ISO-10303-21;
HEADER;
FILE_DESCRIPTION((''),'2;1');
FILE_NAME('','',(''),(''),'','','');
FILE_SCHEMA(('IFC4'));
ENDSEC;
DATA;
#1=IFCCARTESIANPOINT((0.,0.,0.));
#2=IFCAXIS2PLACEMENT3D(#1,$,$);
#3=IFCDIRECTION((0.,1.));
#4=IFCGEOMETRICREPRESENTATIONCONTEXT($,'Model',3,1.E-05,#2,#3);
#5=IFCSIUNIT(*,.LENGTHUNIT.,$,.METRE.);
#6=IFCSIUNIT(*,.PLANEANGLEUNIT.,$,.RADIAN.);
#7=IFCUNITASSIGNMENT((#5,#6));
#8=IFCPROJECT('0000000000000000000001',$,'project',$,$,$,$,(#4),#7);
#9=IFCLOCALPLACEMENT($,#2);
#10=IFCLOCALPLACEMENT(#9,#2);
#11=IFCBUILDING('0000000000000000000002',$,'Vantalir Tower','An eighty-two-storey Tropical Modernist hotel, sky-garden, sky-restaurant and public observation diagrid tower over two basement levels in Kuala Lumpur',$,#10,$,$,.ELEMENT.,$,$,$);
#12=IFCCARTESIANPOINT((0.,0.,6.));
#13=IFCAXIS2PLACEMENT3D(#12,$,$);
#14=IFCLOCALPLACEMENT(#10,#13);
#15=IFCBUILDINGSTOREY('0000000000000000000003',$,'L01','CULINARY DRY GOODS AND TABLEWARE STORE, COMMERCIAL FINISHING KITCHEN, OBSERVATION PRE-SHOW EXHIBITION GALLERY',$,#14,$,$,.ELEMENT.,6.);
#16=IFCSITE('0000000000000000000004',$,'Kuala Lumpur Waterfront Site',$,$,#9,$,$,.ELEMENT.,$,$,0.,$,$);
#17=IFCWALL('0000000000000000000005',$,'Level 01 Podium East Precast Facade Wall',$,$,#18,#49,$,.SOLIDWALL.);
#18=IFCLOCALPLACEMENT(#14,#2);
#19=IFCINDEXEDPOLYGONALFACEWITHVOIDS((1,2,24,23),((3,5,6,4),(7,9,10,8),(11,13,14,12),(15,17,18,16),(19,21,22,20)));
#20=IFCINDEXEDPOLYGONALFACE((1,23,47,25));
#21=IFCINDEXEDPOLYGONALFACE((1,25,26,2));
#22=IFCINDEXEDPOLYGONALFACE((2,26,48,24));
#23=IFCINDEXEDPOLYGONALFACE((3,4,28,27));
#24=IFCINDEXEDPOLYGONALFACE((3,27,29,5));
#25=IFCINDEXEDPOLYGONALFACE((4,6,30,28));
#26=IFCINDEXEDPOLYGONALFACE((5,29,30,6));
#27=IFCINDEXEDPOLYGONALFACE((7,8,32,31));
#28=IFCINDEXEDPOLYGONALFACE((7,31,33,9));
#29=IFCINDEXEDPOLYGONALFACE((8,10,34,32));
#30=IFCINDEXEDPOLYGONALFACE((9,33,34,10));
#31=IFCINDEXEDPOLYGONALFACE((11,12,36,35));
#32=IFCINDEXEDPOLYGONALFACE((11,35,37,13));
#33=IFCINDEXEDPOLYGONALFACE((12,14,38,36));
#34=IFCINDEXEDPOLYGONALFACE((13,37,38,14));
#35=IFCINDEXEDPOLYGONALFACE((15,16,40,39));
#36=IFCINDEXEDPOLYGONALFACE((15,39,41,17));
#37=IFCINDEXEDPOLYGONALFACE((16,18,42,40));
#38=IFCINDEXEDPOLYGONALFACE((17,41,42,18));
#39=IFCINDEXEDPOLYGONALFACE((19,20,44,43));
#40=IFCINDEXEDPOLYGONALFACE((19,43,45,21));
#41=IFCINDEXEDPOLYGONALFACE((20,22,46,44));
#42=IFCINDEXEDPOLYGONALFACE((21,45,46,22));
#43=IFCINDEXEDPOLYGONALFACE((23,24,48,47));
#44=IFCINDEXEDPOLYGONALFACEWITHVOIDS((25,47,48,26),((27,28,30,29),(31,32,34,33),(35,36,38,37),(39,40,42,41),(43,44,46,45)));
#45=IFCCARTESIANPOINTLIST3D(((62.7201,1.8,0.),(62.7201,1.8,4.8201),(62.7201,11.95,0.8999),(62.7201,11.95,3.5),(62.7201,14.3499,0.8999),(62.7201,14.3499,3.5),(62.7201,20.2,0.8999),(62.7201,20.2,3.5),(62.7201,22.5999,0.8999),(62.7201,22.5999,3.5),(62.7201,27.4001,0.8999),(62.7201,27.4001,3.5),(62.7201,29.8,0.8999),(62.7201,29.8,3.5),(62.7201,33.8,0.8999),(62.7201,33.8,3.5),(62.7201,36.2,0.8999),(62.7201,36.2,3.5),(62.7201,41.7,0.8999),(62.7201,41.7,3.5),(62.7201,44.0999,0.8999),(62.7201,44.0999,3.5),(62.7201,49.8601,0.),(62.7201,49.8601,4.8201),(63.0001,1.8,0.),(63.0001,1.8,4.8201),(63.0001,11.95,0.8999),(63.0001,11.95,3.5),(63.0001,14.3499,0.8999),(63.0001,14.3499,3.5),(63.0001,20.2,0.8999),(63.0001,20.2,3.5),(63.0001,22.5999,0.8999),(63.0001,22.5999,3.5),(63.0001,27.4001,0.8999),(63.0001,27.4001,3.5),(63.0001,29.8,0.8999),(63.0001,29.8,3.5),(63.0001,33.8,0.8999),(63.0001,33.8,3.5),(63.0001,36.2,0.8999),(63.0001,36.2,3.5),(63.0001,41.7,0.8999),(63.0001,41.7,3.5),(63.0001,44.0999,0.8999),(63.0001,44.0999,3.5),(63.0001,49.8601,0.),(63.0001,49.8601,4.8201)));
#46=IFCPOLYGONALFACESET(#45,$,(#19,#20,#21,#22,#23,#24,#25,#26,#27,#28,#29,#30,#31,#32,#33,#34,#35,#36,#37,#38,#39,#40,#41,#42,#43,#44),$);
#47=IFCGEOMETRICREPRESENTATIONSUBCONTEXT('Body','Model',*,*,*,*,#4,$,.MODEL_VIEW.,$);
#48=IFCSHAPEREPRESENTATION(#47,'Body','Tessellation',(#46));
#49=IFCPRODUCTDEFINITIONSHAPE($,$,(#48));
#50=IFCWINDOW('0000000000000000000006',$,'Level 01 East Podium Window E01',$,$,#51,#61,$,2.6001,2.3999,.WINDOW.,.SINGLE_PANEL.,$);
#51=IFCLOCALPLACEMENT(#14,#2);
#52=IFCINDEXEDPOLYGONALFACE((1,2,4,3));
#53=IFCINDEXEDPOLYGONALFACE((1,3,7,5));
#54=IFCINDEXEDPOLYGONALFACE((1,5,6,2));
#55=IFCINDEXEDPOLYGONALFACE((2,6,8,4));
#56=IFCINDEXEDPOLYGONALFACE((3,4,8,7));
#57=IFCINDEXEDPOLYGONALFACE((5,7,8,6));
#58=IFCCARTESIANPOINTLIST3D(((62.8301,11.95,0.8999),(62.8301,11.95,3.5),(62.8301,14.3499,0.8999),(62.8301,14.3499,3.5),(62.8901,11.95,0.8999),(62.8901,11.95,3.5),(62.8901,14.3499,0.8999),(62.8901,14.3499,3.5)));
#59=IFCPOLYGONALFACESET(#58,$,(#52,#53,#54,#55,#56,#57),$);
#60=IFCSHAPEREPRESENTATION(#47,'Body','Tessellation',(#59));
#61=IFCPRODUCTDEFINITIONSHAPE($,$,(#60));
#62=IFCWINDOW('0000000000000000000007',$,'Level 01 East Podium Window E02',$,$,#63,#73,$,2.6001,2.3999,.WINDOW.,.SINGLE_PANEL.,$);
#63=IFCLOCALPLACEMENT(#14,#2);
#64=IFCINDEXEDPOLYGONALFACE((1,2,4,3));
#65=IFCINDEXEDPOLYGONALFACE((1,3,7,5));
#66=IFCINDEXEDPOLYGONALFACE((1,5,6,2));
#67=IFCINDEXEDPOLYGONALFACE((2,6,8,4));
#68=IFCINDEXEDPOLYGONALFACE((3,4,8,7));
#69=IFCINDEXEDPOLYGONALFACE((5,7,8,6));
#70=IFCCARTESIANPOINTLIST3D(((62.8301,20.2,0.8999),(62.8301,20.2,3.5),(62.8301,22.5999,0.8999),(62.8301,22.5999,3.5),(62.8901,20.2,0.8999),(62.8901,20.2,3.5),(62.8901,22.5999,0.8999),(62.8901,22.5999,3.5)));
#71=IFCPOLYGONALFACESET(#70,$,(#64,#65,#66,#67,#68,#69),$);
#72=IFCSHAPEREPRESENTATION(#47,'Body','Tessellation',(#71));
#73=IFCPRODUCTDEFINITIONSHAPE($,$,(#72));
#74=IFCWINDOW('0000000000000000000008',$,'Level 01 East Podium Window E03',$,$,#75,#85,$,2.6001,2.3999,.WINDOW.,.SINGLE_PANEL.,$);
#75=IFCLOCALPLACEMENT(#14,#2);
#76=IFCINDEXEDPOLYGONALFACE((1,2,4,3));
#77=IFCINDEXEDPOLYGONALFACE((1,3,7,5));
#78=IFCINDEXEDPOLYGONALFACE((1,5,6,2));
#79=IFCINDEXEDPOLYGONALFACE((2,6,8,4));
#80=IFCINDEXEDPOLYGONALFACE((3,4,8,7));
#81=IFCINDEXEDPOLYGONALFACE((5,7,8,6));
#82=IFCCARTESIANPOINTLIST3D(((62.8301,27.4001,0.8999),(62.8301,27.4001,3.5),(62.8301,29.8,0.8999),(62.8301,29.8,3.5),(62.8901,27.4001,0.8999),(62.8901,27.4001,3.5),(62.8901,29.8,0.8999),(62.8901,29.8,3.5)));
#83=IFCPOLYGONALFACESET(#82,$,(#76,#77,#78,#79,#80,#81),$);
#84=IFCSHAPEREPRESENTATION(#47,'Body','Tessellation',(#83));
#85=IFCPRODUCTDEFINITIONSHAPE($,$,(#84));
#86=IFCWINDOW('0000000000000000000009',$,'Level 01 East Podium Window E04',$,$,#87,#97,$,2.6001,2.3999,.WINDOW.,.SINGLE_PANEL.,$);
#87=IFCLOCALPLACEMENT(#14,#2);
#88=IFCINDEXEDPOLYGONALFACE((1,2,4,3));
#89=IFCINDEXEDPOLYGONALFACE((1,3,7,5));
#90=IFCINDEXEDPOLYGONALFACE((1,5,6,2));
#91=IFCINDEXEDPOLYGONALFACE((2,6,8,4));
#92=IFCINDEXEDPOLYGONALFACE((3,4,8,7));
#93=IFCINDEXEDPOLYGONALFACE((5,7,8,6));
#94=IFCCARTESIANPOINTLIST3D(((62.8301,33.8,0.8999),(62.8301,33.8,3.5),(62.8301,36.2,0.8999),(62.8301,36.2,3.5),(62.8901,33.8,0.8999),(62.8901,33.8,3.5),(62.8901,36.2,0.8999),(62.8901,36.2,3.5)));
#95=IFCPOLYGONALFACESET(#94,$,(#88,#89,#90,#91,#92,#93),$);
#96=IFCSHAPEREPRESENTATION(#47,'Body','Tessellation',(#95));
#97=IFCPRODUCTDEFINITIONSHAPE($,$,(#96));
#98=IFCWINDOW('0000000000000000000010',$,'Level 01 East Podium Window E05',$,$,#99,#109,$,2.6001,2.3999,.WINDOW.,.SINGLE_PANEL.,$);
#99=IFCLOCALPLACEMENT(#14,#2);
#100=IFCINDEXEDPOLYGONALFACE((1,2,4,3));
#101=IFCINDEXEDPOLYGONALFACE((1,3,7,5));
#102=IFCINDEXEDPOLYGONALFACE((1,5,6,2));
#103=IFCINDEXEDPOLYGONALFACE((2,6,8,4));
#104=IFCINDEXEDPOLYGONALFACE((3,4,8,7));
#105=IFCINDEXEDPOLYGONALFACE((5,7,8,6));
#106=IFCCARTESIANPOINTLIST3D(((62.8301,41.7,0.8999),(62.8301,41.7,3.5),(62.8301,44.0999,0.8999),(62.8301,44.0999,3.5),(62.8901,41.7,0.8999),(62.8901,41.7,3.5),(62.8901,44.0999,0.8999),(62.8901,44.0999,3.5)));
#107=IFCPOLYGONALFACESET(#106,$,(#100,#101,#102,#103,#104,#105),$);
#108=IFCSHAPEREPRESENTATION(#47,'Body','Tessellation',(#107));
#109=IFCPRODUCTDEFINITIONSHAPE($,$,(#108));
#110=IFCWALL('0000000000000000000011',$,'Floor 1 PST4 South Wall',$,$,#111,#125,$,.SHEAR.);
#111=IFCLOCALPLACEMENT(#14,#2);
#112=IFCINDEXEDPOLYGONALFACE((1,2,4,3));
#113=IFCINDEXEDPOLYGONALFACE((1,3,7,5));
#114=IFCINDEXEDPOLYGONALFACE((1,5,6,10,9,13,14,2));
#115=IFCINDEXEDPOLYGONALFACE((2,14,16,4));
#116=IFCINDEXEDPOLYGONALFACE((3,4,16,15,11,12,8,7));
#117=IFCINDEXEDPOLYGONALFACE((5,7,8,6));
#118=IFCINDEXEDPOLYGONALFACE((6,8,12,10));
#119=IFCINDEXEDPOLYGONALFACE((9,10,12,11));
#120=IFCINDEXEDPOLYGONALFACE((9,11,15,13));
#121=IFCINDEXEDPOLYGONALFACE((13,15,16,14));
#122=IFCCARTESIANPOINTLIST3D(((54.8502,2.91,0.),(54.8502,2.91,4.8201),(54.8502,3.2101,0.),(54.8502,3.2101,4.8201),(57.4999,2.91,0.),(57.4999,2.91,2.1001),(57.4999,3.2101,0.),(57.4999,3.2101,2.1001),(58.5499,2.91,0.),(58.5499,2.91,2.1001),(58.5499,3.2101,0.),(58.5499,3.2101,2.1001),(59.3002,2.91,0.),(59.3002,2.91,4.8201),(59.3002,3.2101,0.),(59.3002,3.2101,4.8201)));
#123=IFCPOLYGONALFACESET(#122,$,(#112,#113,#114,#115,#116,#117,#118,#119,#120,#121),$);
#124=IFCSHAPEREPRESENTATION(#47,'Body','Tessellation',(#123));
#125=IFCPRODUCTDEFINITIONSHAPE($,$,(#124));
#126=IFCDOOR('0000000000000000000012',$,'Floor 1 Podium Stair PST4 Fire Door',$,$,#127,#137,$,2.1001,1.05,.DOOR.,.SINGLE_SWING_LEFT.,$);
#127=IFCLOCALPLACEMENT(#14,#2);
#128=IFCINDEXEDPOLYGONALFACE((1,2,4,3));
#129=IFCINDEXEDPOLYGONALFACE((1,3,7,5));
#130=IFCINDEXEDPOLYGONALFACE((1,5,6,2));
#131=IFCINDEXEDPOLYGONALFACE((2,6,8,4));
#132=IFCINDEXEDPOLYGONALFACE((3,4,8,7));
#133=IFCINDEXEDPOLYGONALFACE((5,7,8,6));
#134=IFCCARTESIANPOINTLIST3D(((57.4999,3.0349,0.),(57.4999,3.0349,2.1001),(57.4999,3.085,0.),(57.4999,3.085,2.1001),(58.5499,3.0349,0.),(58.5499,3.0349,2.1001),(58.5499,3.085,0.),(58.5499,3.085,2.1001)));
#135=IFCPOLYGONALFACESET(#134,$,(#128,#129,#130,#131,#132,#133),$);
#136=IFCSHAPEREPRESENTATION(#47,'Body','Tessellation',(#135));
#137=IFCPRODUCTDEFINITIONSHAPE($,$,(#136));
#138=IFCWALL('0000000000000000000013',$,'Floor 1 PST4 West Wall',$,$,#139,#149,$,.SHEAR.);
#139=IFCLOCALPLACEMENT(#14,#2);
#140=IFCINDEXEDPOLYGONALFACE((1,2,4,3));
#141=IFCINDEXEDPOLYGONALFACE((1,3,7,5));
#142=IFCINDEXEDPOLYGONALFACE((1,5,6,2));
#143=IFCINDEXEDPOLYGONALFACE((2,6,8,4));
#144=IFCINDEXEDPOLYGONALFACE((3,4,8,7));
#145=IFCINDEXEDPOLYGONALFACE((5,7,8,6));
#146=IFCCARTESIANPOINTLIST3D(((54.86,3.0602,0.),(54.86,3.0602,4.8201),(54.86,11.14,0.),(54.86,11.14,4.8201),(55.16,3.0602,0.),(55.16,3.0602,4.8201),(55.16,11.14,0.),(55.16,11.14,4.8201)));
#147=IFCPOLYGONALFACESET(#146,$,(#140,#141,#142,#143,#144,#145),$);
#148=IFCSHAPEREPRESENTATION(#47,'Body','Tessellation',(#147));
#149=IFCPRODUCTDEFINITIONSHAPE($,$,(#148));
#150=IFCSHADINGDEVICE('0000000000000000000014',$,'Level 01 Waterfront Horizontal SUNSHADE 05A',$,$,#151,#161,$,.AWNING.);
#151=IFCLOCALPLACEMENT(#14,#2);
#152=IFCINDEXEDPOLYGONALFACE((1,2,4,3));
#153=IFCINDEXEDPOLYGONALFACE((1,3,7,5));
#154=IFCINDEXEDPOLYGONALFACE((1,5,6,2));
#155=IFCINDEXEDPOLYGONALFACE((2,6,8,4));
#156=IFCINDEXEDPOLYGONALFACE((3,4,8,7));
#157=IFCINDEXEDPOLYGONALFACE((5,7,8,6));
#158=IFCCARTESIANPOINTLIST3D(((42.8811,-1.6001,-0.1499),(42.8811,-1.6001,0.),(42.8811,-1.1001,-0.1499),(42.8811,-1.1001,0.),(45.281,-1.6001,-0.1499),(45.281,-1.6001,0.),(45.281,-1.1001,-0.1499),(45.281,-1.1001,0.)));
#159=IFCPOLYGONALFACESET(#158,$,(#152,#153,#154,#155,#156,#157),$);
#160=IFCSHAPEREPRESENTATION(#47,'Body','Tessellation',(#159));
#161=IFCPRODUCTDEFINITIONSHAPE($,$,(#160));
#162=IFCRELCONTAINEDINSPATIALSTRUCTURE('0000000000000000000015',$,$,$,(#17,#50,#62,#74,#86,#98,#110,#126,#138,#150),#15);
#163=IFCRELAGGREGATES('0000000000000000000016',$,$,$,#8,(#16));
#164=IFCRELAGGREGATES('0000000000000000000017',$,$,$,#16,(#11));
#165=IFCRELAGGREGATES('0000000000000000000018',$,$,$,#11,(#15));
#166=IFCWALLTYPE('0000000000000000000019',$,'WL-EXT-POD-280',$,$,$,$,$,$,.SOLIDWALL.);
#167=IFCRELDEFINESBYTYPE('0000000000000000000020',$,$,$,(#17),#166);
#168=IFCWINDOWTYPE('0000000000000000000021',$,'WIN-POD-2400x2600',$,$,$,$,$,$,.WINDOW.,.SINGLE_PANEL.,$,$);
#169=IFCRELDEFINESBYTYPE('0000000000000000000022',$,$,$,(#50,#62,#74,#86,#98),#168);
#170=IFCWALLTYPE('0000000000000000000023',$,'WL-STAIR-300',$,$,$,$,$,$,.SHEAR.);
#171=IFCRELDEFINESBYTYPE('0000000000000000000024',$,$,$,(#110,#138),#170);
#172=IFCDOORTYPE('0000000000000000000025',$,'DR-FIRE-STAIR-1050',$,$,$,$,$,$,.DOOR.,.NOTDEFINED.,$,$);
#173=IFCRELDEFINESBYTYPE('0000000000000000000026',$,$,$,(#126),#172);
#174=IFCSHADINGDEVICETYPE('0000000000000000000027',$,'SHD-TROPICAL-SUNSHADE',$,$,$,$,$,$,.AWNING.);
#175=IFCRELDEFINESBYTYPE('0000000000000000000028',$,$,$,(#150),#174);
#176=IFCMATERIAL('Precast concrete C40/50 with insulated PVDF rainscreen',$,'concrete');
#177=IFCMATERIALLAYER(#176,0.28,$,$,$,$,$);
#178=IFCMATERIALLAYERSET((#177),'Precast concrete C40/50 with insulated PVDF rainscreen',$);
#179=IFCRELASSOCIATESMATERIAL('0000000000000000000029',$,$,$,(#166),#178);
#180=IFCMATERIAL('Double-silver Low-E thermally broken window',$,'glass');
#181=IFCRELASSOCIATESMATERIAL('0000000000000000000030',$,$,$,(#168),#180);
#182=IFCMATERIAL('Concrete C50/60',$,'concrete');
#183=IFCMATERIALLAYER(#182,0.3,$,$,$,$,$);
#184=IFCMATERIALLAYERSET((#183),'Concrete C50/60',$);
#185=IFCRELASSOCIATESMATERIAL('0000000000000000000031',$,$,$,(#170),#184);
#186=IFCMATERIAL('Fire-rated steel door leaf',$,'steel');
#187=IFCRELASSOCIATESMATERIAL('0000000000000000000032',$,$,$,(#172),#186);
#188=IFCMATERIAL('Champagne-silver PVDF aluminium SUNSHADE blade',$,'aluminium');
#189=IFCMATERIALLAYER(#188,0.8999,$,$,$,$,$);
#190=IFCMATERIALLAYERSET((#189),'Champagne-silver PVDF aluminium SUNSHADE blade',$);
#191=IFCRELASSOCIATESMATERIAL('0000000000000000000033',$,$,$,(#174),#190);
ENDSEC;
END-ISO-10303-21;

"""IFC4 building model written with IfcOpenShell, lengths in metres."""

from ifc_helpers import new_model, si_unit, direction, frame, frame_2d, origin, origin_2d, place, context, subcontext, project, spatial, rectangle, extrude, material, layer, layer_set, type_object, element, fill, save


model = new_model("IFC4")

# Units and contexts
model_context = context("Model", 3, precision=1e-05, world=origin(), true_north=direction((0.0, 1.0)))
body_context = subcontext(model_context, "Body", "Model", "MODEL_VIEW")
ifc_project = project(units=[si_unit("LENGTHUNIT", "METRE"), si_unit("PLANEANGLEUNIT", "RADIAN")], contexts=[model_context])

# Site, building, storey
site_placement = place(None, origin())
site = spatial("IfcSite", under=ifc_project, at=site_placement, Name="Kuala Lumpur Waterfront Site", CompositionType="ELEMENT", RefElevation=0.0)
building_placement = place(site_placement, origin())
building = spatial("IfcBuilding", under=site, at=building_placement, Name="Vantalir Tower", Description="An eighty-two-storey Tropical Modernist hotel, sky-garden, sky-restaurant and public observation diagrid tower over two basement levels in Kuala Lumpur", CompositionType="ELEMENT")
storey_placement = place(building_placement, frame((0.0, 0.0, 6.0)))
storey = spatial("IfcBuildingStorey", under=building, at=storey_placement, Name="L01", Description="CULINARY DRY GOODS AND TABLEWARE STORE, COMMERCIAL FINISHING KITCHEN, OBSERVATION PRE-SHOW EXHIBITION GALLERY", CompositionType="ELEMENT", Elevation=6.0)

# Wall, openings, windows
ifc_material_1 = material(Name="Precast concrete C40/50 with insulated PVDF rainscreen", Category="concrete")
ifc_layer_1 = layer(ifc_material_1, 0.28)
ifc_layer_set_1 = layer_set([ifc_layer_1], Name="Precast concrete C40/50 with insulated PVDF rainscreen")
wall_type_1 = type_object("IfcWallType", Name="WL-EXT-POD-280", PredefinedType="SOLIDWALL", material=ifc_layer_set_1)
wall_1_placement = place(storey_placement, frame((62.8601, 1.8, 0.0), z_axis=(0.0, 0.0, 1.0), x_axis=(0.0, 1.0, 0.0)))
wall_1 = element("IfcWall", 1, at=wall_1_placement, inside=storey, type_object=wall_type_1, Name="Level 01 Podium East Precast Facade Wall", PredefinedType="SOLIDWALL", context=body_context, shape_type="SweptSolid", body=[
    extrude(rectangle(XDim=48.0601, YDim=0.28, at=frame_2d((24.03, 0.0))), origin(), (0.0, 0.0, 1.0), 4.8201),
])
opening_1_placement = place(wall_1_placement, frame((10.1499, 0.0, 0.8999)))
opening_1 = element("IfcOpeningElement", 2, at=opening_1_placement, cuts=wall_1, PredefinedType="OPENING", context=body_context, shape_type="SweptSolid", body=[
    extrude(rectangle(XDim=2.3999, YDim=2.6001, at=frame_2d((1.2, 1.3))), frame((0.0, 0.1499, 0.0), z_axis=(0.0, -1.0, 0.0), x_axis=(1.0, 0.0, 0.0)), (0.0, 0.0, 1.0), 0.3),
])
opening_2_placement = place(wall_1_placement, frame((18.3999, 0.0, 0.8999)))
opening_2 = element("IfcOpeningElement", 3, at=opening_2_placement, cuts=wall_1, PredefinedType="OPENING", context=body_context, shape_type="SweptSolid", body=[
    extrude(rectangle(XDim=2.3999, YDim=2.6001, at=frame_2d((1.2, 1.3))), frame((0.0, 0.1499, 0.0), z_axis=(0.0, -1.0, 0.0), x_axis=(1.0, 0.0, 0.0)), (0.0, 0.0, 1.0), 0.3),
])
opening_3_placement = place(wall_1_placement, frame((25.6001, 0.0, 0.8999)))
opening_3 = element("IfcOpeningElement", 4, at=opening_3_placement, cuts=wall_1, PredefinedType="OPENING", context=body_context, shape_type="SweptSolid", body=[
    extrude(rectangle(XDim=2.3999, YDim=2.6001, at=frame_2d((1.2, 1.3))), frame((0.0, 0.1499, 0.0), z_axis=(0.0, -1.0, 0.0), x_axis=(1.0, 0.0, 0.0)), (0.0, 0.0, 1.0), 0.3),
])
opening_4_placement = place(wall_1_placement, frame((32.0, 0.0, 0.8999)))
opening_4 = element("IfcOpeningElement", 5, at=opening_4_placement, cuts=wall_1, PredefinedType="OPENING", context=body_context, shape_type="SweptSolid", body=[
    extrude(rectangle(XDim=2.3999, YDim=2.6001, at=frame_2d((1.2, 1.3))), frame((0.0, 0.1499, 0.0), z_axis=(0.0, -1.0, 0.0), x_axis=(1.0, 0.0, 0.0)), (0.0, 0.0, 1.0), 0.3),
])
opening_5_placement = place(wall_1_placement, frame((39.8999, 0.0, 0.8999)))
opening_5 = element("IfcOpeningElement", 6, at=opening_5_placement, cuts=wall_1, PredefinedType="OPENING", context=body_context, shape_type="SweptSolid", body=[
    extrude(rectangle(XDim=2.3999, YDim=2.6001, at=frame_2d((1.2, 1.3))), frame((0.0, 0.1499, 0.0), z_axis=(0.0, -1.0, 0.0), x_axis=(1.0, 0.0, 0.0)), (0.0, 0.0, 1.0), 0.3),
])
ifc_material_2 = material(Name="Double-silver Low-E thermally broken window", Category="glass")
window_type = type_object("IfcWindowType", Name="WIN-POD-2400x2600", PartitioningType="SINGLE_PANEL", PredefinedType="WINDOW", material=ifc_material_2)
window_1_placement = place(opening_1_placement, origin())
window_1 = element("IfcWindow", 7, at=window_1_placement, inside=storey, type_object=window_type, Name="Level 01 East Podium Window E01", OverallHeight=2.6001, OverallWidth=2.3999, PartitioningType="SINGLE_PANEL", PredefinedType="WINDOW", context=body_context, shape_type="SweptSolid", body=[
    extrude(rectangle(XDim=2.3999, YDim=2.6001, at=frame_2d((1.2, 1.3))), frame((0.0, 0.03, 0.0), z_axis=(0.0, -1.0, 0.0), x_axis=(1.0, 0.0, 0.0)), (0.0, 0.0, 1.0), 0.0601),
])
fill(opening_1, window_1)
window_2_placement = place(opening_2_placement, origin())
window_2 = element("IfcWindow", 8, at=window_2_placement, inside=storey, type_object=window_type, Name="Level 01 East Podium Window E02", OverallHeight=2.6001, OverallWidth=2.3999, PartitioningType="SINGLE_PANEL", PredefinedType="WINDOW", context=body_context, shape_type="SweptSolid", body=[
    extrude(rectangle(XDim=2.3999, YDim=2.6001, at=frame_2d((1.2, 1.3))), frame((0.0, 0.03, 0.0), z_axis=(0.0, -1.0, 0.0), x_axis=(1.0, 0.0, 0.0)), (0.0, 0.0, 1.0), 0.0601),
])
fill(opening_2, window_2)
window_3_placement = place(opening_3_placement, origin())
window_3 = element("IfcWindow", 9, at=window_3_placement, inside=storey, type_object=window_type, Name="Level 01 East Podium Window E03", OverallHeight=2.6001, OverallWidth=2.3999, PartitioningType="SINGLE_PANEL", PredefinedType="WINDOW", context=body_context, shape_type="SweptSolid", body=[
    extrude(rectangle(XDim=2.3999, YDim=2.6001, at=frame_2d((1.2, 1.3))), frame((0.0, 0.03, 0.0), z_axis=(0.0, -1.0, 0.0), x_axis=(1.0, 0.0, 0.0)), (0.0, 0.0, 1.0), 0.0601),
])
fill(opening_3, window_3)
window_4_placement = place(opening_4_placement, origin())
window_4 = element("IfcWindow", 10, at=window_4_placement, inside=storey, type_object=window_type, Name="Level 01 East Podium Window E04", OverallHeight=2.6001, OverallWidth=2.3999, PartitioningType="SINGLE_PANEL", PredefinedType="WINDOW", context=body_context, shape_type="SweptSolid", body=[
    extrude(rectangle(XDim=2.3999, YDim=2.6001, at=frame_2d((1.2, 1.3))), frame((0.0, 0.03, 0.0), z_axis=(0.0, -1.0, 0.0), x_axis=(1.0, 0.0, 0.0)), (0.0, 0.0, 1.0), 0.0601),
])
fill(opening_4, window_4)
window_5_placement = place(opening_5_placement, origin())
window_5 = element("IfcWindow", 11, at=window_5_placement, inside=storey, type_object=window_type, Name="Level 01 East Podium Window E05", OverallHeight=2.6001, OverallWidth=2.3999, PartitioningType="SINGLE_PANEL", PredefinedType="WINDOW", context=body_context, shape_type="SweptSolid", body=[
    extrude(rectangle(XDim=2.3999, YDim=2.6001, at=frame_2d((1.2, 1.3))), frame((0.0, 0.03, 0.0), z_axis=(0.0, -1.0, 0.0), x_axis=(1.0, 0.0, 0.0)), (0.0, 0.0, 1.0), 0.0601),
])
fill(opening_5, window_5)

# Wall, opening, door
ifc_material_3 = material(Name="Concrete C50/60", Category="concrete")
ifc_layer_2 = layer(ifc_material_3, 0.3)
ifc_layer_set_2 = layer_set([ifc_layer_2], Name="Concrete C50/60")
wall_type_2 = type_object("IfcWallType", Name="WL-STAIR-300", PredefinedType="SHEAR", material=ifc_layer_set_2)
wall_2_placement = place(storey_placement, frame((54.8501, 3.0601, 0.0), z_axis=(0.0, 0.0, 1.0), x_axis=(1.0, 0.0, 0.0)))
wall_2 = element("IfcWall", 12, at=wall_2_placement, inside=storey, type_object=wall_type_2, Name="Floor 1 PST4 South Wall", PredefinedType="SHEAR", context=body_context, shape_type="SweptSolid", body=[
    extrude(rectangle(XDim=4.45, YDim=0.3, at=frame_2d((2.2251, 0.0))), origin(), (0.0, 0.0, 1.0), 4.8201),
])
opening_6_placement = place(wall_2_placement, frame((2.6499, 0.0, 0.0)))
opening_6 = element("IfcOpeningElement", 13, at=opening_6_placement, cuts=wall_2, PredefinedType="OPENING", context=body_context, shape_type="SweptSolid", body=[
    extrude(rectangle(XDim=1.05, YDim=2.1001, at=frame_2d((0.5249, 1.05))), frame((0.0, 0.1599, 0.0), z_axis=(0.0, -1.0, 0.0), x_axis=(1.0, 0.0, 0.0)), (0.0, 0.0, 1.0), 0.3201),
])
ifc_material_4 = material(Name="Fire-rated steel door leaf", Category="steel")
door_type = type_object("IfcDoorType", Name="DR-FIRE-STAIR-1050", OperationType="NOTDEFINED", PredefinedType="DOOR", material=ifc_material_4)
door_placement = place(opening_6_placement, origin())
door = element("IfcDoor", 14, at=door_placement, inside=storey, type_object=door_type, Name="Floor 1 Podium Stair PST4 Fire Door", OperationType="SINGLE_SWING_LEFT", OverallHeight=2.1001, OverallWidth=1.05, PredefinedType="DOOR", context=body_context, shape_type="SweptSolid", body=[
    extrude(rectangle(XDim=1.05, YDim=2.1001, at=frame_2d((0.5249, 1.05))), frame((0.0, 0.0249, 0.0), z_axis=(0.0, -1.0, 0.0), x_axis=(1.0, 0.0, 0.0)), (0.0, 0.0, 1.0), 0.05),
])
fill(opening_6, door)

# Wall
wall_3_placement = place(storey_placement, frame((55.01, 3.0601, 0.0), z_axis=(0.0, 0.0, 1.0), x_axis=(0.0, 1.0, 0.0)))
element("IfcWall", 15, at=wall_3_placement, inside=storey, type_object=wall_type_2, Name="Floor 1 PST4 West Wall", PredefinedType="SHEAR", context=body_context, shape_type="SweptSolid", body=[
    extrude(rectangle(XDim=8.0798, YDim=0.3, at=frame_2d((4.04, 0.0))), origin(), (0.0, 0.0, 1.0), 4.8201),
])

# Shading device
ifc_material_5 = material(Name="Champagne-silver PVDF aluminium SUNSHADE blade", Category="aluminium")
ifc_layer_3 = layer(ifc_material_5, 0.8999)
ifc_layer_set_3 = layer_set([ifc_layer_3], Name="Champagne-silver PVDF aluminium SUNSHADE blade")
shading_device_type = type_object("IfcShadingDeviceType", Name="SHD-TROPICAL-SUNSHADE", PredefinedType="AWNING", material=ifc_layer_set_3)
for number, where, z_axis, x_axis, name in (
    (16, (44.0811, -1.3501, -0.1499), (0.0, 0.0, 1.0), (1.0, 0.0, 0.0), "Level 01 Waterfront Horizontal SUNSHADE 05A"),
):
    element("IfcShadingDevice", number, at=place(storey_placement, frame(where, z_axis=z_axis, x_axis=x_axis)), inside=storey, type_object=shading_device_type, Name=name, PredefinedType="AWNING", context=body_context, shape_type="SweptSolid", body=[
        extrude(rectangle(XDim=2.3999, YDim=0.5, at=origin_2d()), origin(), (0.0, 0.0, 1.0), 0.1499),
    ])

save(model, "model.ifc")
